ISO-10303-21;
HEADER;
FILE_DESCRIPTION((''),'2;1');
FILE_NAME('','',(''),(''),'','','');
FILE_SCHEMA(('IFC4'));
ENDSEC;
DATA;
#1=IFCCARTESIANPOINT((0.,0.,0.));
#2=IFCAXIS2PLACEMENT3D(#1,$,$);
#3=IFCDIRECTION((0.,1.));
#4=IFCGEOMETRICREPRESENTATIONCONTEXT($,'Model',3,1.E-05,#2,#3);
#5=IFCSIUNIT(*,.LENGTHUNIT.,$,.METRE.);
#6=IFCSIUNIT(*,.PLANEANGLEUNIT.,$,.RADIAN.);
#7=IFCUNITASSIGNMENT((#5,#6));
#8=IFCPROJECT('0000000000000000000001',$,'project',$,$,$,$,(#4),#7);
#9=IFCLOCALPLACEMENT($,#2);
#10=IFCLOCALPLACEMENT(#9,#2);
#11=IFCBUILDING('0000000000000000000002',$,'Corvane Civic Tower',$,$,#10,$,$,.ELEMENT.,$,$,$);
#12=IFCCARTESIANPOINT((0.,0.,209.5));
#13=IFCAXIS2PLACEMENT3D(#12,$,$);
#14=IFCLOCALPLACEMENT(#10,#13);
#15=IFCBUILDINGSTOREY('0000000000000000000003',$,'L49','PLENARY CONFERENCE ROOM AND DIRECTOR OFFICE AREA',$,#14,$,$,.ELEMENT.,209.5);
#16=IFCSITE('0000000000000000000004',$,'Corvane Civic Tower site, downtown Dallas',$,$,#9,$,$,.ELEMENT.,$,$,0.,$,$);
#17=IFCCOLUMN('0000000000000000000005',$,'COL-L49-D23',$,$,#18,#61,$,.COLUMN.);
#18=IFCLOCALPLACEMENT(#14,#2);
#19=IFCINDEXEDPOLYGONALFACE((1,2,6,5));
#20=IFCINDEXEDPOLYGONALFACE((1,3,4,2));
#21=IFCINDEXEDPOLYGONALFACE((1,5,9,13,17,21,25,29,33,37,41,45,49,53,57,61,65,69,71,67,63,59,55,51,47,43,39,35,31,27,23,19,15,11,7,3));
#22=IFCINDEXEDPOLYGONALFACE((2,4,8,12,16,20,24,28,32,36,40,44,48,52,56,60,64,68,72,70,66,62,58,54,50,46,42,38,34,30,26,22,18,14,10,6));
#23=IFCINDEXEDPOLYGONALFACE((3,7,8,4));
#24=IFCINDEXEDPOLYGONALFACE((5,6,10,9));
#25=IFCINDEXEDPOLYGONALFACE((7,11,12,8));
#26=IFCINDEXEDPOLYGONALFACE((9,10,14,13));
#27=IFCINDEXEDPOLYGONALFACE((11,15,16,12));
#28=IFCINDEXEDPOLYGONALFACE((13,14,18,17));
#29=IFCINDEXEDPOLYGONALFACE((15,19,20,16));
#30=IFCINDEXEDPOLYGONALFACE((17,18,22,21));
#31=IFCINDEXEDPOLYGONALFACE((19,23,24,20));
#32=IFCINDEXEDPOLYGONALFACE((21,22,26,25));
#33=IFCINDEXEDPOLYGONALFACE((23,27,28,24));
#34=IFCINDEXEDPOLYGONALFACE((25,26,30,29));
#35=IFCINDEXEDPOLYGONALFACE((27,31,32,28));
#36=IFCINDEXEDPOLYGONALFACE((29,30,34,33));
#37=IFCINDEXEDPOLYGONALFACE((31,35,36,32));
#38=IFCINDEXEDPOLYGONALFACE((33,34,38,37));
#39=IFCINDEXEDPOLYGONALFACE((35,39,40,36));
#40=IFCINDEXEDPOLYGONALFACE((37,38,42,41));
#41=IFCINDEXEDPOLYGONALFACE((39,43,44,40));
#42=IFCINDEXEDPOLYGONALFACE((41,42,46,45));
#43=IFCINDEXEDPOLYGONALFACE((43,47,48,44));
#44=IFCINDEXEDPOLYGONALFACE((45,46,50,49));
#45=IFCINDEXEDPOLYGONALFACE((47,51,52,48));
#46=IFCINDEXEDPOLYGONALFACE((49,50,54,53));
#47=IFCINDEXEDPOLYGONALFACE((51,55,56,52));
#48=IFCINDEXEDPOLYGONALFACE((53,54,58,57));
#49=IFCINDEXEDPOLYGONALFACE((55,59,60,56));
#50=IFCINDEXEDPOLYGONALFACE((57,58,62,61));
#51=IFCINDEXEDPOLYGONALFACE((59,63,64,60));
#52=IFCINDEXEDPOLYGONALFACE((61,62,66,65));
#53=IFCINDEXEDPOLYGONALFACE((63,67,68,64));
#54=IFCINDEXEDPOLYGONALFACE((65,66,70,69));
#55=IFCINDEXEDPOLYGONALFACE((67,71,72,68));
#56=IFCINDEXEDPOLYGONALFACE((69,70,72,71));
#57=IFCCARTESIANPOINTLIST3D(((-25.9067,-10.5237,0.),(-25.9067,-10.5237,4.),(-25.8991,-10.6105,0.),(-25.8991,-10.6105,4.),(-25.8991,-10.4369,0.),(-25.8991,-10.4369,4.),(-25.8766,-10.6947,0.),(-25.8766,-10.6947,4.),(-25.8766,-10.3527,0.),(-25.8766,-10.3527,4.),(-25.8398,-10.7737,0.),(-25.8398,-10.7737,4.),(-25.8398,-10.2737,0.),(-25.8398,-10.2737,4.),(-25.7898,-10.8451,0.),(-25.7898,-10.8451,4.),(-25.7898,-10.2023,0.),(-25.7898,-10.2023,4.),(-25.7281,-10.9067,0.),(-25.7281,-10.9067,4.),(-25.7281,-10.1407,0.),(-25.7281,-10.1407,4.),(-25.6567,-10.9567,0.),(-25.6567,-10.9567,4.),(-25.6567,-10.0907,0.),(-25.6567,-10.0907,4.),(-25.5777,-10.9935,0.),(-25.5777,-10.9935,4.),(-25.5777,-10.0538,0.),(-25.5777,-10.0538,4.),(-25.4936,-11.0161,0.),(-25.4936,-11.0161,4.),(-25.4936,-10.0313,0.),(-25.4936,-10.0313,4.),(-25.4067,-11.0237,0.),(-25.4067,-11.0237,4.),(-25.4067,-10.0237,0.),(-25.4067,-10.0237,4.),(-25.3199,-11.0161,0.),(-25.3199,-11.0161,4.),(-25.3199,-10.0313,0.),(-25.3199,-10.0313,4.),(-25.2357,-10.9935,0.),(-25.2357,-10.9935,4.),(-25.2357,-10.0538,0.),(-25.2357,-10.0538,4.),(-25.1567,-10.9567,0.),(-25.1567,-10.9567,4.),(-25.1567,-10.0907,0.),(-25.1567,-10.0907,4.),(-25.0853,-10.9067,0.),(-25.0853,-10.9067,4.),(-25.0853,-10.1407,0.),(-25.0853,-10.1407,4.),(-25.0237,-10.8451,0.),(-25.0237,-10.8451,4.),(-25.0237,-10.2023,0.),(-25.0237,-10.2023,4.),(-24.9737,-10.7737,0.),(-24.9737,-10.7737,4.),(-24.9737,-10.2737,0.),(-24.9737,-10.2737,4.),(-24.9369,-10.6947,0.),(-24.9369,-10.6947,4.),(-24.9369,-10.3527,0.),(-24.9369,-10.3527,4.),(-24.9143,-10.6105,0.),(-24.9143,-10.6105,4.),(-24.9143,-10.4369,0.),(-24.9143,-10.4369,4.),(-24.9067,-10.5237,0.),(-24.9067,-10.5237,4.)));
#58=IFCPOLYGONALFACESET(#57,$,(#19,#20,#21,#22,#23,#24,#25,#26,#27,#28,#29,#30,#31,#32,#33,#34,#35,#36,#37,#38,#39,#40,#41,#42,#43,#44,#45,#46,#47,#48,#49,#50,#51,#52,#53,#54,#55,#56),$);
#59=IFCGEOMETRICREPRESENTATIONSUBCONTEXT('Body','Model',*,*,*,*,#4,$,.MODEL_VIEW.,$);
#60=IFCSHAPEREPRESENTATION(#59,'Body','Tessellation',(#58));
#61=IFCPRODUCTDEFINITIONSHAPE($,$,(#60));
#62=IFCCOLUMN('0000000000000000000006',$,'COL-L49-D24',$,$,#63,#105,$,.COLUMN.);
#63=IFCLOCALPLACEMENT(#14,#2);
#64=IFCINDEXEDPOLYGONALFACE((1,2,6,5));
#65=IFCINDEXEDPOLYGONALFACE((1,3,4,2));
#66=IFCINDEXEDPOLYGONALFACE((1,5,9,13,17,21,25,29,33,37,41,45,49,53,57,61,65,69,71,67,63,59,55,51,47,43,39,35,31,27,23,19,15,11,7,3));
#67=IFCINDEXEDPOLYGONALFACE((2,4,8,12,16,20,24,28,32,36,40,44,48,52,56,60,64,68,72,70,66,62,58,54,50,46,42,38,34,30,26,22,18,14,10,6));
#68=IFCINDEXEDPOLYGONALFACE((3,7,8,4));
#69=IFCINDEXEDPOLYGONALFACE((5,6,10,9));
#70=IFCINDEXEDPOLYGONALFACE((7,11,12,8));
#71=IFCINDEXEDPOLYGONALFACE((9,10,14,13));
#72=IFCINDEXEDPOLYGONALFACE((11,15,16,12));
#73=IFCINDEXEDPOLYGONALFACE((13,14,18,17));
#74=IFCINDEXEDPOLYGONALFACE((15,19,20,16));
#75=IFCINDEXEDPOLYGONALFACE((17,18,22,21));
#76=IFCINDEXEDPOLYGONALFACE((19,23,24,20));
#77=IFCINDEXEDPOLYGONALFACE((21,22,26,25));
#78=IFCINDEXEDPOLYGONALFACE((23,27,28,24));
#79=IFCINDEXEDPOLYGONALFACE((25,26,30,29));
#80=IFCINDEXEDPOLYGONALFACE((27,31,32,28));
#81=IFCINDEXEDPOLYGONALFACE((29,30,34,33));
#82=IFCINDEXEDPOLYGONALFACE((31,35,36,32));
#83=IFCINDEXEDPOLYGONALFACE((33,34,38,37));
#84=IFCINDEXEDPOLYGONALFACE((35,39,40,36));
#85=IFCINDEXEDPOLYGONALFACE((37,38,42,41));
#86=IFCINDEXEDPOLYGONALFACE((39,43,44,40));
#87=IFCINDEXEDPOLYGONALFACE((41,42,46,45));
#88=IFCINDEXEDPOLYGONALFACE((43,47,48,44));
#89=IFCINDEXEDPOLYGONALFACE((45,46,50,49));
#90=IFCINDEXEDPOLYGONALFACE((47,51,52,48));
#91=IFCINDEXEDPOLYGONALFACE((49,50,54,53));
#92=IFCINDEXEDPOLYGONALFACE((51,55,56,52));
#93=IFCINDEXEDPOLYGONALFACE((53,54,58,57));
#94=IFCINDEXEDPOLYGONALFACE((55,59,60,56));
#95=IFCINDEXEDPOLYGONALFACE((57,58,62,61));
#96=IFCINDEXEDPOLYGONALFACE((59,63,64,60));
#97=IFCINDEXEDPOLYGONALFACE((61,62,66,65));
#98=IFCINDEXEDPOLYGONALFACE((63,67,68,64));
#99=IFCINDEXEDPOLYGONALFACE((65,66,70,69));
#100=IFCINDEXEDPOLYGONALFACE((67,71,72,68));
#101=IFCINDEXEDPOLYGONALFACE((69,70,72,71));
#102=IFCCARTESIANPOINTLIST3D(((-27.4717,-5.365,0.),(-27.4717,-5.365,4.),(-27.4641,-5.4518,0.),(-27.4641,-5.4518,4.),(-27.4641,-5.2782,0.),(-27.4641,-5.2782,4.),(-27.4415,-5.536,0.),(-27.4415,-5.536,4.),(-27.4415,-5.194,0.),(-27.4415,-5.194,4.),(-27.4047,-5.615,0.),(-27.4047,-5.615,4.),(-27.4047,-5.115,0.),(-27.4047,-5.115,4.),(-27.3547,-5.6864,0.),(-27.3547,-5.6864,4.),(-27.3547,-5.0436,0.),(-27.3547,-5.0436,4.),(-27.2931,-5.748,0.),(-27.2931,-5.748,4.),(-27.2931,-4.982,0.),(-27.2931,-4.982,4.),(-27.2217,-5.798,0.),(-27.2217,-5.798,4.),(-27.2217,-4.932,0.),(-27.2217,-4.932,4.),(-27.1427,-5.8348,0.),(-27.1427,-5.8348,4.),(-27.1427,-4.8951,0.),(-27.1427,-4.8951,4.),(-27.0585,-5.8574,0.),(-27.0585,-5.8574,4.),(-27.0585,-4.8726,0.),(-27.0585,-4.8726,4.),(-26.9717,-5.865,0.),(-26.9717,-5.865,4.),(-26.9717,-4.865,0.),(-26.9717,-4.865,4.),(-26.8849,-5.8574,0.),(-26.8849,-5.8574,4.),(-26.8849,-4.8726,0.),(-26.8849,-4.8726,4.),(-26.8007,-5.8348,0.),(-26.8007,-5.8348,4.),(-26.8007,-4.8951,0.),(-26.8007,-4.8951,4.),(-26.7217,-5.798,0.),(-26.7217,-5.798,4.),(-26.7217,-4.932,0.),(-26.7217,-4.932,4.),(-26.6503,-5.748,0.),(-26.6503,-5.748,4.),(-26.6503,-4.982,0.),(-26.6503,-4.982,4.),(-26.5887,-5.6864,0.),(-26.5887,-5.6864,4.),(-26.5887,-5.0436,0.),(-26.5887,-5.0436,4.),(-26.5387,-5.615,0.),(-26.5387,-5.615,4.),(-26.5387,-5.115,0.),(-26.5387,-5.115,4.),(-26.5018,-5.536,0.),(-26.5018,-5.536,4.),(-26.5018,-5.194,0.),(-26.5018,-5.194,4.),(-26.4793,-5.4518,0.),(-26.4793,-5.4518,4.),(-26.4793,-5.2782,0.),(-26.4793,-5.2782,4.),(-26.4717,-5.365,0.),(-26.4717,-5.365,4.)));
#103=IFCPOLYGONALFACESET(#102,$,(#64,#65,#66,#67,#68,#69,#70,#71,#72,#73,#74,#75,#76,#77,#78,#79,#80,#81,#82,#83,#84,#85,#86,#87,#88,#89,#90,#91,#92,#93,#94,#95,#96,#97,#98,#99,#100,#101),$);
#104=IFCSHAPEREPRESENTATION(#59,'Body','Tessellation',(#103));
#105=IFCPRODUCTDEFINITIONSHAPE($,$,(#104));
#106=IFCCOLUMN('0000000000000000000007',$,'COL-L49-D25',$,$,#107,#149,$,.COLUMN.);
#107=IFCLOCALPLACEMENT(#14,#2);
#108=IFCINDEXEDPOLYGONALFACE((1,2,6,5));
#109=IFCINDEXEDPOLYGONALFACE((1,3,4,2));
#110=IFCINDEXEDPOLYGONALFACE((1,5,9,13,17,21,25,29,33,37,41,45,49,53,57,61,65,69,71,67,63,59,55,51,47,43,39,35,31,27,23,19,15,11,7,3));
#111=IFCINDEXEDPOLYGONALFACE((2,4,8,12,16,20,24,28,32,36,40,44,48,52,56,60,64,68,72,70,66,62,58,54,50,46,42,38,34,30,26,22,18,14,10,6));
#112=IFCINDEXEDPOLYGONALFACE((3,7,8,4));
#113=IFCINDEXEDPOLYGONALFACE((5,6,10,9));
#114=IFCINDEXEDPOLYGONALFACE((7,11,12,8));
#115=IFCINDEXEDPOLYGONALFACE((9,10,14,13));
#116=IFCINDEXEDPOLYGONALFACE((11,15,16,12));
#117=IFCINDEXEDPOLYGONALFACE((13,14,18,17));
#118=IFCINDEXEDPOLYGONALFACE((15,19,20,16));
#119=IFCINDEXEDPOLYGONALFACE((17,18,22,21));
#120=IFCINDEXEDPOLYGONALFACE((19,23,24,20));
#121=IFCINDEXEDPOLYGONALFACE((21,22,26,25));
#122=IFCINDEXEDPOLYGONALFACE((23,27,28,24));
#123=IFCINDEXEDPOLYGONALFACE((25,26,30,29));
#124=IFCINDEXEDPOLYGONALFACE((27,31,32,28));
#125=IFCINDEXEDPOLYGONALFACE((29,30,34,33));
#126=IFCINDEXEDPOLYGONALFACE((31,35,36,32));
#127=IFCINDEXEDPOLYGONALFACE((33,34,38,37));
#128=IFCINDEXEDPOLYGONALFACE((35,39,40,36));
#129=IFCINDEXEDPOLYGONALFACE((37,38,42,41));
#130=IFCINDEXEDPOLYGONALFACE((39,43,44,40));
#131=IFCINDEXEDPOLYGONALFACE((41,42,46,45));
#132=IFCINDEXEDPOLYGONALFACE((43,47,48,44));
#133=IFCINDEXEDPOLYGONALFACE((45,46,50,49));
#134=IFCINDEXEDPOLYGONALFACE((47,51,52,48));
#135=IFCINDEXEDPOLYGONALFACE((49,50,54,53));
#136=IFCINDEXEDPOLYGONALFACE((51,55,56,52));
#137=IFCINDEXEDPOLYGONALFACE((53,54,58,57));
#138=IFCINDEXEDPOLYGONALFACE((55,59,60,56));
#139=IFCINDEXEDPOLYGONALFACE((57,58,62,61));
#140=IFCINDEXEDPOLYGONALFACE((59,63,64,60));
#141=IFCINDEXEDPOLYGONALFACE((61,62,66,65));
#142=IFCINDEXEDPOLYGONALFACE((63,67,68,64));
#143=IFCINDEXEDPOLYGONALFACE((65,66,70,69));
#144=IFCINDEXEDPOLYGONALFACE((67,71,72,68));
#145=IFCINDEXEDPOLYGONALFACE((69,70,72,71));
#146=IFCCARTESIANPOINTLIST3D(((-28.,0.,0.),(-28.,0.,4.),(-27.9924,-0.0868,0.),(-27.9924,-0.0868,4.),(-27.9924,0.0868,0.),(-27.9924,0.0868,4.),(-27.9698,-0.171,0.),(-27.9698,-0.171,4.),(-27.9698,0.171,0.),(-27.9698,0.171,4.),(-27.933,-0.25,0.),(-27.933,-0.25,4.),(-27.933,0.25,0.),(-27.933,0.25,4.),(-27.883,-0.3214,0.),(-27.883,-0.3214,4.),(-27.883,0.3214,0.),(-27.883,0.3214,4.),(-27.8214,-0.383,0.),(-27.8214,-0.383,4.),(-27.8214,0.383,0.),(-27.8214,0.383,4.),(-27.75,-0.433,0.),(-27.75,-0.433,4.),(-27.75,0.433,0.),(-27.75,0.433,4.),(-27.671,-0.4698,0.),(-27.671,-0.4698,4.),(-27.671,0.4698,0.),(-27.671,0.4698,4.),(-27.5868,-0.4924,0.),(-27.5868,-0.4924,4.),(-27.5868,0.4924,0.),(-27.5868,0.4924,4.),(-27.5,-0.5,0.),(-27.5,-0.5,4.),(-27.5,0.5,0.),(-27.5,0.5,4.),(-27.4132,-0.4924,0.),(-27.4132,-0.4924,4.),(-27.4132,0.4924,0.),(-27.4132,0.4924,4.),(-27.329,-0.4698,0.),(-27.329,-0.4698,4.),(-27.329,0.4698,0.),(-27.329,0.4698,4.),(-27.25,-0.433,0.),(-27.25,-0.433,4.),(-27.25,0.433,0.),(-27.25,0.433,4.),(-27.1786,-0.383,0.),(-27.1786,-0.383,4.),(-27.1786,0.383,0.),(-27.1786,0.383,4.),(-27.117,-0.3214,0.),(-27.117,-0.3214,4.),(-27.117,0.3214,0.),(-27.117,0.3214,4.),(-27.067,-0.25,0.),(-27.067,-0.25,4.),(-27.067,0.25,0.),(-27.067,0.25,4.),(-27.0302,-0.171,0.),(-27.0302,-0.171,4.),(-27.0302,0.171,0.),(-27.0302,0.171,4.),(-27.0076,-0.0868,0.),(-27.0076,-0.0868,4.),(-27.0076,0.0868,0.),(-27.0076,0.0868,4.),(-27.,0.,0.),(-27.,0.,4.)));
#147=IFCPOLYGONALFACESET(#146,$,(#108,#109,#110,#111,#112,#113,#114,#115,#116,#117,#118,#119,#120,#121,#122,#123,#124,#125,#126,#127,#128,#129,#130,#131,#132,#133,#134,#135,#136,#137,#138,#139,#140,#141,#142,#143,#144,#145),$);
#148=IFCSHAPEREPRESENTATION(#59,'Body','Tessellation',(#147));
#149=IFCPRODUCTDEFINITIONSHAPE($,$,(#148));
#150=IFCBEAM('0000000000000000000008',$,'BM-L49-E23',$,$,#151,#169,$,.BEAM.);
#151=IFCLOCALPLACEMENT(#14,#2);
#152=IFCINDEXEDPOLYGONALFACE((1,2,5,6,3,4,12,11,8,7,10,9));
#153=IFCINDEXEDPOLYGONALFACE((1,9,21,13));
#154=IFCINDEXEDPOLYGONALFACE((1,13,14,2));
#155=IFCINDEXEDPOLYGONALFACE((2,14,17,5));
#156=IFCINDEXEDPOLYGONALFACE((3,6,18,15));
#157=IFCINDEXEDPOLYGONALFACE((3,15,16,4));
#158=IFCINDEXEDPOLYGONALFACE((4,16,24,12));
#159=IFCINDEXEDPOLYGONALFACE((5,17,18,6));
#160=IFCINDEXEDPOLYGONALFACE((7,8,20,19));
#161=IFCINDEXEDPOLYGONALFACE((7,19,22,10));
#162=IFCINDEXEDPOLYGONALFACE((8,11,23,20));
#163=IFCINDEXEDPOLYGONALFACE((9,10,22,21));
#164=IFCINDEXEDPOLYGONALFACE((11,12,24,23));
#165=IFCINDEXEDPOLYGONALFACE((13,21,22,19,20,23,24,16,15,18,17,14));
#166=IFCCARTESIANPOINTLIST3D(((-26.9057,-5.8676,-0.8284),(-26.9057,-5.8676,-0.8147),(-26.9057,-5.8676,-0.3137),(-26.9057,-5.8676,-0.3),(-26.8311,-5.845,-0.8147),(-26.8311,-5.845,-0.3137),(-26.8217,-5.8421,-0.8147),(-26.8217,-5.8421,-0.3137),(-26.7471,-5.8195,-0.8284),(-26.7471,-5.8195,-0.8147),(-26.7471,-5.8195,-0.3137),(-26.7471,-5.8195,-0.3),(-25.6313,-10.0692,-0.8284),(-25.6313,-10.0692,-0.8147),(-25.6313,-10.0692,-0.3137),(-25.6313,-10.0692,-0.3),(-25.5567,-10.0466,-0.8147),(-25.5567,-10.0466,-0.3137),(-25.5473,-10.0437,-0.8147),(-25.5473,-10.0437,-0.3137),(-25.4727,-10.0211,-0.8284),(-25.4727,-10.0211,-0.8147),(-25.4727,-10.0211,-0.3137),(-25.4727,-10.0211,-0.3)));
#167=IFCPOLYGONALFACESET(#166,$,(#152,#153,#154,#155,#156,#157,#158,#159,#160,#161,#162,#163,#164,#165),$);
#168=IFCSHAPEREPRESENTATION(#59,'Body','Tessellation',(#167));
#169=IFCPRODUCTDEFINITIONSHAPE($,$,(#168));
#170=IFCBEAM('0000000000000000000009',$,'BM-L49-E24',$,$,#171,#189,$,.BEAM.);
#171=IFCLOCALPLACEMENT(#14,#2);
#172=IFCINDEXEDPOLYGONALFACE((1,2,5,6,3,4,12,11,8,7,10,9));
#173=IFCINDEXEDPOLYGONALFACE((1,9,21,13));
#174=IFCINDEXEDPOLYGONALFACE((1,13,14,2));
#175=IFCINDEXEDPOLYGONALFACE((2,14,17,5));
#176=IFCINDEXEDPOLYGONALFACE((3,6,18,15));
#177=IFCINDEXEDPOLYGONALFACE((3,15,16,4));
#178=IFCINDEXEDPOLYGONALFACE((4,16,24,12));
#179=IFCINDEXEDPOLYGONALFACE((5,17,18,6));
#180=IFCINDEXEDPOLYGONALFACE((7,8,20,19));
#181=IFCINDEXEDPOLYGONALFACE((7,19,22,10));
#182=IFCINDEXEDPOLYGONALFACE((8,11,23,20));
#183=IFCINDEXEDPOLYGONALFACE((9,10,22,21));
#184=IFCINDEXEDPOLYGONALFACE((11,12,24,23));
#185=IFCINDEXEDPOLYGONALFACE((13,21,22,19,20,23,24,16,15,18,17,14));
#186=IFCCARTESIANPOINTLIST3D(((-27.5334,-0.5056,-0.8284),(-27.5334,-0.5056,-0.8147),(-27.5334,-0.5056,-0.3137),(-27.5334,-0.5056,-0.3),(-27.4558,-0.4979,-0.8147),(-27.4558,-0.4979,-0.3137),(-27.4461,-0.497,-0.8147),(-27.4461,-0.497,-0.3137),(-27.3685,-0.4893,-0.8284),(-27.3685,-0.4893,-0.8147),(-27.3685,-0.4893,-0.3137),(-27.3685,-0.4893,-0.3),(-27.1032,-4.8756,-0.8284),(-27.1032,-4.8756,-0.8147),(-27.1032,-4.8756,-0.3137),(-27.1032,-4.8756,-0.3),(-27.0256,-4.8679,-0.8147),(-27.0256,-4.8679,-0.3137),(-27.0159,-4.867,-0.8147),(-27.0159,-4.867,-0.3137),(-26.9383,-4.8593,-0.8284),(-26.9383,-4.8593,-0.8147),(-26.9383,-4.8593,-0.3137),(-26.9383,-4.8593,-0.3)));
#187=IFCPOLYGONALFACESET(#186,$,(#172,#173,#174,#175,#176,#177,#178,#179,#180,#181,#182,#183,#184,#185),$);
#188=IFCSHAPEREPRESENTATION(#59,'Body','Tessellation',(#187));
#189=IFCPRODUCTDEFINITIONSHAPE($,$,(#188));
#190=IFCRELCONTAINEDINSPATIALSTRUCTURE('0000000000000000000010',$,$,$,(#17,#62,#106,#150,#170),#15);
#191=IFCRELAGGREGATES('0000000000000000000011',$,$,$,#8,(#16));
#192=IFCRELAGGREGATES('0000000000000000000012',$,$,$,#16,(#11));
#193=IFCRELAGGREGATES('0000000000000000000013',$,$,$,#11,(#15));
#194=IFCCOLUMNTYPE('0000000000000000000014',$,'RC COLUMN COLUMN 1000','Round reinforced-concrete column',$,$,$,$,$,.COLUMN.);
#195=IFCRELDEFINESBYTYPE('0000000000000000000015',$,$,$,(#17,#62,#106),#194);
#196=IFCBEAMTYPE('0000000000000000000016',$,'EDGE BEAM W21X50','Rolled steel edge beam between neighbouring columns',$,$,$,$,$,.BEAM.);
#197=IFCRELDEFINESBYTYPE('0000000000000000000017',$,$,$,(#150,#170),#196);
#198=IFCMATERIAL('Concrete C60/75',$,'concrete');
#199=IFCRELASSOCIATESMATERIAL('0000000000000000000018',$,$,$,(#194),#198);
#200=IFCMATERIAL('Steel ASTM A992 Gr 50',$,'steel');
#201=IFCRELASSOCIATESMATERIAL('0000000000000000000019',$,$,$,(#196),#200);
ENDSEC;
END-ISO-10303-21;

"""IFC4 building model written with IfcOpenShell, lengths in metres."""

from ifc_helpers import new_model, si_unit, direction, frame, origin, origin_2d, place, context, subcontext, project, spatial, circle, i_section, extrude, material, material_profile, profile_set, type_object, element, save


model = new_model("IFC4")

# Units and contexts
model_context = context("Model", 3, precision=1e-05, world=origin(), true_north=direction((0.0, 1.0)))
body_context = subcontext(model_context, "Body", "Model", "MODEL_VIEW")
ifc_project = project(units=[si_unit("LENGTHUNIT", "METRE"), si_unit("PLANEANGLEUNIT", "RADIAN")], contexts=[model_context])

# Site, building, storey
site_placement = place(None, origin())
site = spatial("IfcSite", under=ifc_project, at=site_placement, Name="Corvane Civic Tower site, downtown Dallas", CompositionType="ELEMENT", RefElevation=0.0)
building_placement = place(site_placement, origin())
building = spatial("IfcBuilding", under=site, at=building_placement, Name="Corvane Civic Tower", CompositionType="ELEMENT")
storey_placement = place(building_placement, frame((0.0, 0.0, 209.5)))
storey = spatial("IfcBuildingStorey", under=building, at=storey_placement, Name="L49", Description="PLENARY CONFERENCE ROOM AND DIRECTOR OFFICE AREA", CompositionType="ELEMENT", Elevation=209.5)

# Columns
ifc_material_1 = material(Name="Concrete C60/75", Category="concrete")
ifc_material_profile_1 = material_profile(ifc_material_1, circle(Radius=0.5, at=origin_2d()), Name="COLUMN 1000")
ifc_profile_set_1 = profile_set([ifc_material_profile_1], Name="Concrete C60/75")
column_type = type_object("IfcColumnType", Name="RC COLUMN COLUMN 1000", Description="Round reinforced-concrete column", PredefinedType="COLUMN", material=ifc_profile_set_1)
for number, where, z_axis, x_axis, name in (
    (1, (-25.4067, -10.5237, 0.0), (0.0, 0.0, 1.0), (1.0, 0.0, 0.0), "COL-L49-D23"),
    (2, (-26.9717, -5.365, 0.0), (0.0, 0.0, 1.0), (1.0, 0.0, 0.0), "COL-L49-D24"),
    (3, (-27.5, 0.0, 0.0), (0.0, 0.0, 1.0), (1.0, 0.0, 0.0), "COL-L49-D25"),
):
    element("IfcColumn", number, at=place(storey_placement, frame(where, z_axis=z_axis, x_axis=x_axis)), inside=storey, type_object=column_type, Name=name, PredefinedType="COLUMN", context=body_context, shape_type="SweptSolid", body=[
        extrude(circle(Radius=0.5, at=origin_2d()), origin(), (0.0, 0.0, 1.0), 4.0),
    ])

# Beams
ifc_material_2 = material(Name="Steel ASTM A992 Gr 50", Category="steel")
ifc_material_profile_2 = material_profile(ifc_material_2, i_section(OverallWidth=0.1658, OverallDepth=0.5283, WebThickness=0.0098, FlangeThickness=0.0137, at=origin_2d()), Name="W21X50")
ifc_profile_set_2 = profile_set([ifc_material_profile_2], Name="Steel ASTM A992 Gr 50")
beam_type_1 = type_object("IfcBeamType", Name="EDGE BEAM W21X50", Description="Rolled steel edge beam between neighbouring columns", PredefinedType="BEAM", material=ifc_profile_set_2)
beam_1_placement = place(storey_placement, frame((-25.552, -10.0452, -0.5642), z_axis=(-0.290254, 0.95695, 0.0), x_axis=(-0.95695, -0.290254, 0.0)))
element("IfcBeam", 4, at=beam_1_placement, inside=storey, type_object=beam_type_1, Name="BM-L49-E23", PredefinedType="BEAM", context=body_context, shape_type="SweptSolid", body=[
    extrude(i_section(OverallWidth=0.1658, OverallDepth=0.5283, WebThickness=0.0098, FlangeThickness=0.0137, at=origin_2d()), origin(), (0.0, 0.0, 1.0), 4.3906),
])
beam_2_placement = place(storey_placement, frame((-27.0208, -4.8674, -0.5642), z_axis=(-0.097968, 0.99519, 0.0), x_axis=(-0.99519, -0.097968, 0.0)))
element("IfcBeam", 5, at=beam_2_placement, inside=storey, type_object=beam_type_1, Name="BM-L49-E24", PredefinedType="BEAM", context=body_context, shape_type="SweptSolid", body=[
    extrude(i_section(OverallWidth=0.1658, OverallDepth=0.5283, WebThickness=0.0098, FlangeThickness=0.0137, at=origin_2d()), origin(), (0.0, 0.0, 1.0), 4.3911),
])

save(model, "model.ifc")
